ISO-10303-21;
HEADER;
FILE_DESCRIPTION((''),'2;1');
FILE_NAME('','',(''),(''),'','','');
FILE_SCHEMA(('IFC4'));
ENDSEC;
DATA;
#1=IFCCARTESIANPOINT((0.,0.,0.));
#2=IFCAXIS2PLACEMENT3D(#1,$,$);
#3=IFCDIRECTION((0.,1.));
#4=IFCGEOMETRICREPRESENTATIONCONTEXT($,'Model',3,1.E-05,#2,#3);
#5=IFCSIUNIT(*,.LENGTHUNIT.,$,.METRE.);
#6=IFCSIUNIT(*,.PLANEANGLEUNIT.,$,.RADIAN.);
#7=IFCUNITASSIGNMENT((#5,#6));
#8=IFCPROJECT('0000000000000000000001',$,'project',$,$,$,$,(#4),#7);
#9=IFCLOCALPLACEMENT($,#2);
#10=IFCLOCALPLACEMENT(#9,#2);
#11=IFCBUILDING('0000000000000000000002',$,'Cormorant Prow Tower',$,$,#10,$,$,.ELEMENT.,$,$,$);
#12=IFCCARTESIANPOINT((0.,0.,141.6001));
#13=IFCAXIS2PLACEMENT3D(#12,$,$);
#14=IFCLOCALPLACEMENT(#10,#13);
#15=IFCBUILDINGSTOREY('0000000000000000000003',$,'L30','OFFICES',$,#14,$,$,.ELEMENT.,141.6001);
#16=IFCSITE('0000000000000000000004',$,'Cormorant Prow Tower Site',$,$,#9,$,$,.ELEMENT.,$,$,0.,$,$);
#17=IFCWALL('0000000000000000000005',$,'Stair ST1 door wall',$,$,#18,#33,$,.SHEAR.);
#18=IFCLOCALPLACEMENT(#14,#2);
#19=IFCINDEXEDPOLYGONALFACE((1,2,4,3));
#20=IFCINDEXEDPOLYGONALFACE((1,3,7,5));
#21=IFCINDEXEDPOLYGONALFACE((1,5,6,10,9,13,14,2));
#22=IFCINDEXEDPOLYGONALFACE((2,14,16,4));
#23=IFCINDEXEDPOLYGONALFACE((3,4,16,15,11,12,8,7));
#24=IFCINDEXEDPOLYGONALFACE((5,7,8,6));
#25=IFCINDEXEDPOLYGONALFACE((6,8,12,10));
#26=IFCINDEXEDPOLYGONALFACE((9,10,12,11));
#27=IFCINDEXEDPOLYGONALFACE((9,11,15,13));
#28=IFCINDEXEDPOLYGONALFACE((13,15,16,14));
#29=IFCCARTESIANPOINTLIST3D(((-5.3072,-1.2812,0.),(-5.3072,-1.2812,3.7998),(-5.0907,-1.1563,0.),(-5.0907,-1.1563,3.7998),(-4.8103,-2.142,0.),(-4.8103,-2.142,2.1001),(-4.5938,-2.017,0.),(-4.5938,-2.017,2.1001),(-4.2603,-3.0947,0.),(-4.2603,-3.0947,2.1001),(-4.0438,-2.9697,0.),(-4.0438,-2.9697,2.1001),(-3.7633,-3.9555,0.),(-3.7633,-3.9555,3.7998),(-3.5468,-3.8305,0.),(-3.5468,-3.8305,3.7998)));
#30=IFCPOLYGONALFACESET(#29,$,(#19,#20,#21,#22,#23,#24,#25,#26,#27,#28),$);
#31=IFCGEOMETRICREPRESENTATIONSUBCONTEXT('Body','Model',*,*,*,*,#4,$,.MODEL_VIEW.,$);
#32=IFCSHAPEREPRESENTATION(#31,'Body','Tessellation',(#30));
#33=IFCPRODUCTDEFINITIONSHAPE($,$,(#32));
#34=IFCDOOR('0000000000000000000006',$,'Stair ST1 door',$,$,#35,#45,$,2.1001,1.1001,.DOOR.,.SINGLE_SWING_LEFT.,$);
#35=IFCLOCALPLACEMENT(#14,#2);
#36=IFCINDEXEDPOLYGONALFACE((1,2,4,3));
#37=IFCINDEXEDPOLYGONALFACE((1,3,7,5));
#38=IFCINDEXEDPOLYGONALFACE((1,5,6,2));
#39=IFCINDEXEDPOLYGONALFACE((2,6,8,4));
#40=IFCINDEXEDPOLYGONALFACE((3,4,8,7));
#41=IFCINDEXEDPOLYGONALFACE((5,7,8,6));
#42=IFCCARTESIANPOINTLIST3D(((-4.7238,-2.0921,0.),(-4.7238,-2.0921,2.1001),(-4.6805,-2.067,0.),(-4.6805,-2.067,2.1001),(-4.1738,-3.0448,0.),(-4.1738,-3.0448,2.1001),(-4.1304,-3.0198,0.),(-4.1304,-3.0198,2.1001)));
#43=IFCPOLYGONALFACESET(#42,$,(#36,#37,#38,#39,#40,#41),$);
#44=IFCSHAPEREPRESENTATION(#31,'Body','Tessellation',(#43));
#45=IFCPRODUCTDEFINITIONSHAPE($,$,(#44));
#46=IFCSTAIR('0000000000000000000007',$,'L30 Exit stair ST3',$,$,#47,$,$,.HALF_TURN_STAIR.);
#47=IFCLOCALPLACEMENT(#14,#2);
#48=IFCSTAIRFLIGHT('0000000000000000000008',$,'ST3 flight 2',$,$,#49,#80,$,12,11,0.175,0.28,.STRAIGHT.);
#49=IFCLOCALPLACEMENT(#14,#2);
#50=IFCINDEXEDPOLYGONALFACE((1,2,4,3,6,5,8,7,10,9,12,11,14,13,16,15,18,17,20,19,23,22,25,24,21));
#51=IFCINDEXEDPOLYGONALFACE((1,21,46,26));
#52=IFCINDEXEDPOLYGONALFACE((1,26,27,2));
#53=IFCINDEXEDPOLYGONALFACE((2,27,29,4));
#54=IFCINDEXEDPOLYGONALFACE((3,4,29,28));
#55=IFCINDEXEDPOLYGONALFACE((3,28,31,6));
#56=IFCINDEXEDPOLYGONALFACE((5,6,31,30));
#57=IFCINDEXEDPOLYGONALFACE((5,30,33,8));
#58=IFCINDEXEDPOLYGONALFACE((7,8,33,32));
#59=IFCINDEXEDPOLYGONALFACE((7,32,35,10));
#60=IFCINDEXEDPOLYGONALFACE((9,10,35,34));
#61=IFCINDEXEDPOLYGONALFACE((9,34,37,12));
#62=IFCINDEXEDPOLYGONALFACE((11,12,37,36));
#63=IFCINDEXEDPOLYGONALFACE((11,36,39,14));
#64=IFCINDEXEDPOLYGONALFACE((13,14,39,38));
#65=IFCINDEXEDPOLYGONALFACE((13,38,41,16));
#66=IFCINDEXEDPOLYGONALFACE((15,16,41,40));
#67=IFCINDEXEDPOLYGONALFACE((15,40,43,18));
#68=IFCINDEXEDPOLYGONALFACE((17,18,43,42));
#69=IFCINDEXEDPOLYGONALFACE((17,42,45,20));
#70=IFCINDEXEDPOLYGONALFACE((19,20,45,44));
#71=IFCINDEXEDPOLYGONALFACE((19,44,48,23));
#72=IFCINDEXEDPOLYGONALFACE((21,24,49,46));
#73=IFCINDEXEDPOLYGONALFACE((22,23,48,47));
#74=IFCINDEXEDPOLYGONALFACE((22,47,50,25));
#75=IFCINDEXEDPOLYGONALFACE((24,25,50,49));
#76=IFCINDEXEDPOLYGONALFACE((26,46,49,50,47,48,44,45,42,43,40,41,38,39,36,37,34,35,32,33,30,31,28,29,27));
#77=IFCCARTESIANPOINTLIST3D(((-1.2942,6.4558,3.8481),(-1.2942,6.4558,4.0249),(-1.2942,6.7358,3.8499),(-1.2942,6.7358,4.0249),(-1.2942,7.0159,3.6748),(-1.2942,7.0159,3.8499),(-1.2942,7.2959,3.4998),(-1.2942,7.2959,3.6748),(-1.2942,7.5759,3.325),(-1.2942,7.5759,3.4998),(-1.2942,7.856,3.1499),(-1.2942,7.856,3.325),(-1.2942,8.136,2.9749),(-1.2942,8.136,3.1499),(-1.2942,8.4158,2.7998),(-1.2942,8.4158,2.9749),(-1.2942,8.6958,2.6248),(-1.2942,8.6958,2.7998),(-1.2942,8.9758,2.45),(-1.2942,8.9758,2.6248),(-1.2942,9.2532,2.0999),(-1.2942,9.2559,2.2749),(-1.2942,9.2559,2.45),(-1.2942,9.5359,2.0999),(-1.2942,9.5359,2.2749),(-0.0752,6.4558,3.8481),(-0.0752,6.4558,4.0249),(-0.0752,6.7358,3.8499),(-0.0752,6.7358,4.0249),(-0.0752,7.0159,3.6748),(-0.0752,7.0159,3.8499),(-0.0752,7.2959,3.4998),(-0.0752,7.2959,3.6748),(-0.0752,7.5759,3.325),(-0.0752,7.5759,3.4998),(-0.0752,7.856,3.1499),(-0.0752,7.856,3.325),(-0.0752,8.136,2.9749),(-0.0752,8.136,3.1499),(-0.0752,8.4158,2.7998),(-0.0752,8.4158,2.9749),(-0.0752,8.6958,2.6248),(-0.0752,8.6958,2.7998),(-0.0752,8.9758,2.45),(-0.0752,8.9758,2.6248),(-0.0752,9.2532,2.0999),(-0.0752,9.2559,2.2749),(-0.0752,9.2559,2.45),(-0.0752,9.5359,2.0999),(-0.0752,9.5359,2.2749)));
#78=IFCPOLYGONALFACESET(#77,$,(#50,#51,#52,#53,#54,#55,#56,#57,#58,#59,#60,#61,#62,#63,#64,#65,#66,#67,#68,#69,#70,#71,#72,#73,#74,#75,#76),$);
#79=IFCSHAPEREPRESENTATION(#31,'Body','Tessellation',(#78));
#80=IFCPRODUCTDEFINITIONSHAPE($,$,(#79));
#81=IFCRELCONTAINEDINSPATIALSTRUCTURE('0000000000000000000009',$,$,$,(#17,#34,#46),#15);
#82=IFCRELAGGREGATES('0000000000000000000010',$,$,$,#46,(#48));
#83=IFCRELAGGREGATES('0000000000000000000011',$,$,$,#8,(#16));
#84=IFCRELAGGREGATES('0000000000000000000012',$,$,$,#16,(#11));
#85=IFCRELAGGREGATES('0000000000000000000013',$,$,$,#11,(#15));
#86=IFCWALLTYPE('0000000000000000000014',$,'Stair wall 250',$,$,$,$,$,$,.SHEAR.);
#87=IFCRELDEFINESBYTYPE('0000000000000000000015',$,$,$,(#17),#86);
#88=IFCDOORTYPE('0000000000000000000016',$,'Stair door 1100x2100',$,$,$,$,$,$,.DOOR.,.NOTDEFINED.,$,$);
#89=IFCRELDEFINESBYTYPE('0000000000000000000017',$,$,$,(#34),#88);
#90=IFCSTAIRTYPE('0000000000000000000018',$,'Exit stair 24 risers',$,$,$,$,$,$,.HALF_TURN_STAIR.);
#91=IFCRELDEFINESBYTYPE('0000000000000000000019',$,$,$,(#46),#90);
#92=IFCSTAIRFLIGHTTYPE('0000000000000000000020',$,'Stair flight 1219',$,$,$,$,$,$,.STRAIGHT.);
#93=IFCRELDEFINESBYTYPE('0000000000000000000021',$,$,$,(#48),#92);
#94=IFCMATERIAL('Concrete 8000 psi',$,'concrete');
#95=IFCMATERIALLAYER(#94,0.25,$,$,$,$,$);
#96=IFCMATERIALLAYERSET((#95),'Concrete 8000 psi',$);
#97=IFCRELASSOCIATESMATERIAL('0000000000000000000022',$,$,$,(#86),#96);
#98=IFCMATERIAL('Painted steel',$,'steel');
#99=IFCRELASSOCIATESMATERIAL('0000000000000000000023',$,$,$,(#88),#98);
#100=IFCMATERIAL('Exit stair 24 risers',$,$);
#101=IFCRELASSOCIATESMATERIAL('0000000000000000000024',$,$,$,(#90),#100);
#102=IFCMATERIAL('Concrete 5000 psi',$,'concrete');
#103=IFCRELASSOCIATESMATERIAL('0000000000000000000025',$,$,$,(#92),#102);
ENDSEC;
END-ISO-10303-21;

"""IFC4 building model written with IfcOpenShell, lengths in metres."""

from ifc_helpers import new_model, si_unit, direction, frame, frame_2d, origin, place, context, subcontext, project, spatial, polyline, rectangle, outline, extrude, material, layer, layer_set, type_object, element, fill, aggregate, save


model = new_model("IFC4")

# Units and contexts
model_context = context("Model", 3, precision=1e-05, world=origin(), true_north=direction((0.0, 1.0)))
body_context = subcontext(model_context, "Body", "Model", "MODEL_VIEW")
ifc_project = project(units=[si_unit("LENGTHUNIT", "METRE"), si_unit("PLANEANGLEUNIT", "RADIAN")], contexts=[model_context])

# Site, building, storey
site_placement = place(None, origin())
site = spatial("IfcSite", under=ifc_project, at=site_placement, Name="Cormorant Prow Tower Site", CompositionType="ELEMENT", RefElevation=0.0)
building_placement = place(site_placement, origin())
building = spatial("IfcBuilding", under=site, at=building_placement, Name="Cormorant Prow Tower", CompositionType="ELEMENT")
storey_placement = place(building_placement, frame((0.0, 0.0, 141.6001)))
storey = spatial("IfcBuildingStorey", under=building, at=storey_placement, Name="L30", Description="OFFICES", CompositionType="ELEMENT", Elevation=141.6001)

# Wall, opening, door
ifc_material_1 = material(Name="Concrete 8000 psi", Category="concrete")
ifc_layer_1 = layer(ifc_material_1, 0.25)
ifc_layer_set_1 = layer_set([ifc_layer_1], Name="Concrete 8000 psi")
wall_type_1 = type_object("IfcWallType", Name="Stair wall 250", PredefinedType="SHEAR", material=ifc_layer_set_1)
wall_1_placement = place(storey_placement, frame((-5.199, -1.2188, 0.0), z_axis=(0.0, 0.0, 1.0), x_axis=(0.499983, -0.866035, 0.0)))
wall_1 = element("IfcWall", 1, at=wall_1_placement, inside=storey, type_object=wall_type_1, Name="Stair ST1 door wall", PredefinedType="SHEAR", context=body_context, shape_type="SweptSolid", body=[
    extrude(rectangle(XDim=3.0879, YDim=0.25, at=frame_2d((1.5439, 0.0))), origin(), (0.0, 0.0, 1.0), 3.7998),
])
opening_1_placement = place(wall_1_placement, frame((0.9939, 0.0, 0.0)))
opening_1 = element("IfcOpeningElement", 2, at=opening_1_placement, cuts=wall_1, PredefinedType="OPENING", context=body_context, shape_type="SweptSolid", body=[
    extrude(rectangle(XDim=1.1001, YDim=2.1001, at=frame_2d((0.55, 1.05))), frame((0.0, 0.135, 0.0), z_axis=(0.0, -1.0, 0.0), x_axis=(1.0, 0.0, 0.0)), (0.0, 0.0, 1.0), 0.27),
])
ifc_material_2 = material(Name="Painted steel", Category="steel")
door_type_1 = type_object("IfcDoorType", Name="Stair door 1100x2100", OperationType="NOTDEFINED", PredefinedType="DOOR", material=ifc_material_2)
door_1_placement = place(opening_1_placement, origin())
door_1 = element("IfcDoor", 3, at=door_1_placement, inside=storey, type_object=door_type_1, Name="Stair ST1 door", OperationType="SINGLE_SWING_LEFT", OverallHeight=2.1001, OverallWidth=1.1001, PredefinedType="DOOR", context=body_context, shape_type="SweptSolid", body=[
    extrude(rectangle(XDim=1.1001, YDim=2.1001, at=frame_2d((0.55, 1.05))), frame((0.0, 0.0249, 0.0), z_axis=(0.0, -1.0, 0.0), x_axis=(1.0, 0.0, 0.0)), (0.0, 0.0, 1.0), 0.05),
])
fill(opening_1, door_1)

# Stair, stair flight
ifc_material_3 = material(Name="Exit stair 24 risers")
stair_type = type_object("IfcStairType", Name="Exit stair 24 risers", PredefinedType="HALF_TURN_STAIR", material=ifc_material_3)
stair_placement = place(storey_placement, origin())
stair = element("IfcStair", 4, at=stair_placement, inside=storey, type_object=stair_type, Name="L30 Exit stair ST3", PredefinedType="HALF_TURN_STAIR")
ifc_material_4 = material(Name="Concrete 5000 psi", Category="concrete")
stair_flight_type = type_object("IfcStairFlightType", Name="Stair flight 1219", PredefinedType="STRAIGHT", material=ifc_material_4)
stair_flight_placement = place(storey_placement, frame((-0.6846, 9.5359, 2.0999), z_axis=(0.0, 0.0, 1.0), x_axis=(0.0, -1.0, 0.0)))
stair_flight = element("IfcStairFlight", 5, at=stair_flight_placement, type_object=stair_flight_type, Name="ST3 flight 2", NumberOfRisers=12, NumberOfTreads=11, PredefinedType="STRAIGHT", RiserHeight=0.175, TreadLength=0.28, context=body_context, shape_type="SweptSolid", body=[
    extrude(outline(polyline([(0.0, 0.0), (0.0, 0.175), (0.28, 0.175), (0.28, 0.3501), (0.5601, 0.3501), (0.5601, 0.5249), (0.8401, 0.5249), (0.8401, 0.7), (1.1201, 0.7), (1.1201, 0.875), (1.3999, 0.875), (1.3999, 1.05), (1.6799, 1.05), (1.6799, 1.2251), (1.96, 1.2251), (1.96, 1.3999), (2.24, 1.3999), (2.24, 1.575), (2.52, 1.575), (2.52, 1.75), (2.8, 1.75), (2.8, 1.925), (3.0801, 1.925), (3.0801, 2.1001), (3.0801, 1.7483), (0.2827, 0.0), (0.0, 0.0)])), frame((0.0, 0.6094, 0.0), z_axis=(0.0, -1.0, 0.0), x_axis=(1.0, 0.0, 0.0)), (0.0, 0.0, 1.0), 1.219),
])
aggregate(stair, [stair_flight])

save(model, "model.ifc")
